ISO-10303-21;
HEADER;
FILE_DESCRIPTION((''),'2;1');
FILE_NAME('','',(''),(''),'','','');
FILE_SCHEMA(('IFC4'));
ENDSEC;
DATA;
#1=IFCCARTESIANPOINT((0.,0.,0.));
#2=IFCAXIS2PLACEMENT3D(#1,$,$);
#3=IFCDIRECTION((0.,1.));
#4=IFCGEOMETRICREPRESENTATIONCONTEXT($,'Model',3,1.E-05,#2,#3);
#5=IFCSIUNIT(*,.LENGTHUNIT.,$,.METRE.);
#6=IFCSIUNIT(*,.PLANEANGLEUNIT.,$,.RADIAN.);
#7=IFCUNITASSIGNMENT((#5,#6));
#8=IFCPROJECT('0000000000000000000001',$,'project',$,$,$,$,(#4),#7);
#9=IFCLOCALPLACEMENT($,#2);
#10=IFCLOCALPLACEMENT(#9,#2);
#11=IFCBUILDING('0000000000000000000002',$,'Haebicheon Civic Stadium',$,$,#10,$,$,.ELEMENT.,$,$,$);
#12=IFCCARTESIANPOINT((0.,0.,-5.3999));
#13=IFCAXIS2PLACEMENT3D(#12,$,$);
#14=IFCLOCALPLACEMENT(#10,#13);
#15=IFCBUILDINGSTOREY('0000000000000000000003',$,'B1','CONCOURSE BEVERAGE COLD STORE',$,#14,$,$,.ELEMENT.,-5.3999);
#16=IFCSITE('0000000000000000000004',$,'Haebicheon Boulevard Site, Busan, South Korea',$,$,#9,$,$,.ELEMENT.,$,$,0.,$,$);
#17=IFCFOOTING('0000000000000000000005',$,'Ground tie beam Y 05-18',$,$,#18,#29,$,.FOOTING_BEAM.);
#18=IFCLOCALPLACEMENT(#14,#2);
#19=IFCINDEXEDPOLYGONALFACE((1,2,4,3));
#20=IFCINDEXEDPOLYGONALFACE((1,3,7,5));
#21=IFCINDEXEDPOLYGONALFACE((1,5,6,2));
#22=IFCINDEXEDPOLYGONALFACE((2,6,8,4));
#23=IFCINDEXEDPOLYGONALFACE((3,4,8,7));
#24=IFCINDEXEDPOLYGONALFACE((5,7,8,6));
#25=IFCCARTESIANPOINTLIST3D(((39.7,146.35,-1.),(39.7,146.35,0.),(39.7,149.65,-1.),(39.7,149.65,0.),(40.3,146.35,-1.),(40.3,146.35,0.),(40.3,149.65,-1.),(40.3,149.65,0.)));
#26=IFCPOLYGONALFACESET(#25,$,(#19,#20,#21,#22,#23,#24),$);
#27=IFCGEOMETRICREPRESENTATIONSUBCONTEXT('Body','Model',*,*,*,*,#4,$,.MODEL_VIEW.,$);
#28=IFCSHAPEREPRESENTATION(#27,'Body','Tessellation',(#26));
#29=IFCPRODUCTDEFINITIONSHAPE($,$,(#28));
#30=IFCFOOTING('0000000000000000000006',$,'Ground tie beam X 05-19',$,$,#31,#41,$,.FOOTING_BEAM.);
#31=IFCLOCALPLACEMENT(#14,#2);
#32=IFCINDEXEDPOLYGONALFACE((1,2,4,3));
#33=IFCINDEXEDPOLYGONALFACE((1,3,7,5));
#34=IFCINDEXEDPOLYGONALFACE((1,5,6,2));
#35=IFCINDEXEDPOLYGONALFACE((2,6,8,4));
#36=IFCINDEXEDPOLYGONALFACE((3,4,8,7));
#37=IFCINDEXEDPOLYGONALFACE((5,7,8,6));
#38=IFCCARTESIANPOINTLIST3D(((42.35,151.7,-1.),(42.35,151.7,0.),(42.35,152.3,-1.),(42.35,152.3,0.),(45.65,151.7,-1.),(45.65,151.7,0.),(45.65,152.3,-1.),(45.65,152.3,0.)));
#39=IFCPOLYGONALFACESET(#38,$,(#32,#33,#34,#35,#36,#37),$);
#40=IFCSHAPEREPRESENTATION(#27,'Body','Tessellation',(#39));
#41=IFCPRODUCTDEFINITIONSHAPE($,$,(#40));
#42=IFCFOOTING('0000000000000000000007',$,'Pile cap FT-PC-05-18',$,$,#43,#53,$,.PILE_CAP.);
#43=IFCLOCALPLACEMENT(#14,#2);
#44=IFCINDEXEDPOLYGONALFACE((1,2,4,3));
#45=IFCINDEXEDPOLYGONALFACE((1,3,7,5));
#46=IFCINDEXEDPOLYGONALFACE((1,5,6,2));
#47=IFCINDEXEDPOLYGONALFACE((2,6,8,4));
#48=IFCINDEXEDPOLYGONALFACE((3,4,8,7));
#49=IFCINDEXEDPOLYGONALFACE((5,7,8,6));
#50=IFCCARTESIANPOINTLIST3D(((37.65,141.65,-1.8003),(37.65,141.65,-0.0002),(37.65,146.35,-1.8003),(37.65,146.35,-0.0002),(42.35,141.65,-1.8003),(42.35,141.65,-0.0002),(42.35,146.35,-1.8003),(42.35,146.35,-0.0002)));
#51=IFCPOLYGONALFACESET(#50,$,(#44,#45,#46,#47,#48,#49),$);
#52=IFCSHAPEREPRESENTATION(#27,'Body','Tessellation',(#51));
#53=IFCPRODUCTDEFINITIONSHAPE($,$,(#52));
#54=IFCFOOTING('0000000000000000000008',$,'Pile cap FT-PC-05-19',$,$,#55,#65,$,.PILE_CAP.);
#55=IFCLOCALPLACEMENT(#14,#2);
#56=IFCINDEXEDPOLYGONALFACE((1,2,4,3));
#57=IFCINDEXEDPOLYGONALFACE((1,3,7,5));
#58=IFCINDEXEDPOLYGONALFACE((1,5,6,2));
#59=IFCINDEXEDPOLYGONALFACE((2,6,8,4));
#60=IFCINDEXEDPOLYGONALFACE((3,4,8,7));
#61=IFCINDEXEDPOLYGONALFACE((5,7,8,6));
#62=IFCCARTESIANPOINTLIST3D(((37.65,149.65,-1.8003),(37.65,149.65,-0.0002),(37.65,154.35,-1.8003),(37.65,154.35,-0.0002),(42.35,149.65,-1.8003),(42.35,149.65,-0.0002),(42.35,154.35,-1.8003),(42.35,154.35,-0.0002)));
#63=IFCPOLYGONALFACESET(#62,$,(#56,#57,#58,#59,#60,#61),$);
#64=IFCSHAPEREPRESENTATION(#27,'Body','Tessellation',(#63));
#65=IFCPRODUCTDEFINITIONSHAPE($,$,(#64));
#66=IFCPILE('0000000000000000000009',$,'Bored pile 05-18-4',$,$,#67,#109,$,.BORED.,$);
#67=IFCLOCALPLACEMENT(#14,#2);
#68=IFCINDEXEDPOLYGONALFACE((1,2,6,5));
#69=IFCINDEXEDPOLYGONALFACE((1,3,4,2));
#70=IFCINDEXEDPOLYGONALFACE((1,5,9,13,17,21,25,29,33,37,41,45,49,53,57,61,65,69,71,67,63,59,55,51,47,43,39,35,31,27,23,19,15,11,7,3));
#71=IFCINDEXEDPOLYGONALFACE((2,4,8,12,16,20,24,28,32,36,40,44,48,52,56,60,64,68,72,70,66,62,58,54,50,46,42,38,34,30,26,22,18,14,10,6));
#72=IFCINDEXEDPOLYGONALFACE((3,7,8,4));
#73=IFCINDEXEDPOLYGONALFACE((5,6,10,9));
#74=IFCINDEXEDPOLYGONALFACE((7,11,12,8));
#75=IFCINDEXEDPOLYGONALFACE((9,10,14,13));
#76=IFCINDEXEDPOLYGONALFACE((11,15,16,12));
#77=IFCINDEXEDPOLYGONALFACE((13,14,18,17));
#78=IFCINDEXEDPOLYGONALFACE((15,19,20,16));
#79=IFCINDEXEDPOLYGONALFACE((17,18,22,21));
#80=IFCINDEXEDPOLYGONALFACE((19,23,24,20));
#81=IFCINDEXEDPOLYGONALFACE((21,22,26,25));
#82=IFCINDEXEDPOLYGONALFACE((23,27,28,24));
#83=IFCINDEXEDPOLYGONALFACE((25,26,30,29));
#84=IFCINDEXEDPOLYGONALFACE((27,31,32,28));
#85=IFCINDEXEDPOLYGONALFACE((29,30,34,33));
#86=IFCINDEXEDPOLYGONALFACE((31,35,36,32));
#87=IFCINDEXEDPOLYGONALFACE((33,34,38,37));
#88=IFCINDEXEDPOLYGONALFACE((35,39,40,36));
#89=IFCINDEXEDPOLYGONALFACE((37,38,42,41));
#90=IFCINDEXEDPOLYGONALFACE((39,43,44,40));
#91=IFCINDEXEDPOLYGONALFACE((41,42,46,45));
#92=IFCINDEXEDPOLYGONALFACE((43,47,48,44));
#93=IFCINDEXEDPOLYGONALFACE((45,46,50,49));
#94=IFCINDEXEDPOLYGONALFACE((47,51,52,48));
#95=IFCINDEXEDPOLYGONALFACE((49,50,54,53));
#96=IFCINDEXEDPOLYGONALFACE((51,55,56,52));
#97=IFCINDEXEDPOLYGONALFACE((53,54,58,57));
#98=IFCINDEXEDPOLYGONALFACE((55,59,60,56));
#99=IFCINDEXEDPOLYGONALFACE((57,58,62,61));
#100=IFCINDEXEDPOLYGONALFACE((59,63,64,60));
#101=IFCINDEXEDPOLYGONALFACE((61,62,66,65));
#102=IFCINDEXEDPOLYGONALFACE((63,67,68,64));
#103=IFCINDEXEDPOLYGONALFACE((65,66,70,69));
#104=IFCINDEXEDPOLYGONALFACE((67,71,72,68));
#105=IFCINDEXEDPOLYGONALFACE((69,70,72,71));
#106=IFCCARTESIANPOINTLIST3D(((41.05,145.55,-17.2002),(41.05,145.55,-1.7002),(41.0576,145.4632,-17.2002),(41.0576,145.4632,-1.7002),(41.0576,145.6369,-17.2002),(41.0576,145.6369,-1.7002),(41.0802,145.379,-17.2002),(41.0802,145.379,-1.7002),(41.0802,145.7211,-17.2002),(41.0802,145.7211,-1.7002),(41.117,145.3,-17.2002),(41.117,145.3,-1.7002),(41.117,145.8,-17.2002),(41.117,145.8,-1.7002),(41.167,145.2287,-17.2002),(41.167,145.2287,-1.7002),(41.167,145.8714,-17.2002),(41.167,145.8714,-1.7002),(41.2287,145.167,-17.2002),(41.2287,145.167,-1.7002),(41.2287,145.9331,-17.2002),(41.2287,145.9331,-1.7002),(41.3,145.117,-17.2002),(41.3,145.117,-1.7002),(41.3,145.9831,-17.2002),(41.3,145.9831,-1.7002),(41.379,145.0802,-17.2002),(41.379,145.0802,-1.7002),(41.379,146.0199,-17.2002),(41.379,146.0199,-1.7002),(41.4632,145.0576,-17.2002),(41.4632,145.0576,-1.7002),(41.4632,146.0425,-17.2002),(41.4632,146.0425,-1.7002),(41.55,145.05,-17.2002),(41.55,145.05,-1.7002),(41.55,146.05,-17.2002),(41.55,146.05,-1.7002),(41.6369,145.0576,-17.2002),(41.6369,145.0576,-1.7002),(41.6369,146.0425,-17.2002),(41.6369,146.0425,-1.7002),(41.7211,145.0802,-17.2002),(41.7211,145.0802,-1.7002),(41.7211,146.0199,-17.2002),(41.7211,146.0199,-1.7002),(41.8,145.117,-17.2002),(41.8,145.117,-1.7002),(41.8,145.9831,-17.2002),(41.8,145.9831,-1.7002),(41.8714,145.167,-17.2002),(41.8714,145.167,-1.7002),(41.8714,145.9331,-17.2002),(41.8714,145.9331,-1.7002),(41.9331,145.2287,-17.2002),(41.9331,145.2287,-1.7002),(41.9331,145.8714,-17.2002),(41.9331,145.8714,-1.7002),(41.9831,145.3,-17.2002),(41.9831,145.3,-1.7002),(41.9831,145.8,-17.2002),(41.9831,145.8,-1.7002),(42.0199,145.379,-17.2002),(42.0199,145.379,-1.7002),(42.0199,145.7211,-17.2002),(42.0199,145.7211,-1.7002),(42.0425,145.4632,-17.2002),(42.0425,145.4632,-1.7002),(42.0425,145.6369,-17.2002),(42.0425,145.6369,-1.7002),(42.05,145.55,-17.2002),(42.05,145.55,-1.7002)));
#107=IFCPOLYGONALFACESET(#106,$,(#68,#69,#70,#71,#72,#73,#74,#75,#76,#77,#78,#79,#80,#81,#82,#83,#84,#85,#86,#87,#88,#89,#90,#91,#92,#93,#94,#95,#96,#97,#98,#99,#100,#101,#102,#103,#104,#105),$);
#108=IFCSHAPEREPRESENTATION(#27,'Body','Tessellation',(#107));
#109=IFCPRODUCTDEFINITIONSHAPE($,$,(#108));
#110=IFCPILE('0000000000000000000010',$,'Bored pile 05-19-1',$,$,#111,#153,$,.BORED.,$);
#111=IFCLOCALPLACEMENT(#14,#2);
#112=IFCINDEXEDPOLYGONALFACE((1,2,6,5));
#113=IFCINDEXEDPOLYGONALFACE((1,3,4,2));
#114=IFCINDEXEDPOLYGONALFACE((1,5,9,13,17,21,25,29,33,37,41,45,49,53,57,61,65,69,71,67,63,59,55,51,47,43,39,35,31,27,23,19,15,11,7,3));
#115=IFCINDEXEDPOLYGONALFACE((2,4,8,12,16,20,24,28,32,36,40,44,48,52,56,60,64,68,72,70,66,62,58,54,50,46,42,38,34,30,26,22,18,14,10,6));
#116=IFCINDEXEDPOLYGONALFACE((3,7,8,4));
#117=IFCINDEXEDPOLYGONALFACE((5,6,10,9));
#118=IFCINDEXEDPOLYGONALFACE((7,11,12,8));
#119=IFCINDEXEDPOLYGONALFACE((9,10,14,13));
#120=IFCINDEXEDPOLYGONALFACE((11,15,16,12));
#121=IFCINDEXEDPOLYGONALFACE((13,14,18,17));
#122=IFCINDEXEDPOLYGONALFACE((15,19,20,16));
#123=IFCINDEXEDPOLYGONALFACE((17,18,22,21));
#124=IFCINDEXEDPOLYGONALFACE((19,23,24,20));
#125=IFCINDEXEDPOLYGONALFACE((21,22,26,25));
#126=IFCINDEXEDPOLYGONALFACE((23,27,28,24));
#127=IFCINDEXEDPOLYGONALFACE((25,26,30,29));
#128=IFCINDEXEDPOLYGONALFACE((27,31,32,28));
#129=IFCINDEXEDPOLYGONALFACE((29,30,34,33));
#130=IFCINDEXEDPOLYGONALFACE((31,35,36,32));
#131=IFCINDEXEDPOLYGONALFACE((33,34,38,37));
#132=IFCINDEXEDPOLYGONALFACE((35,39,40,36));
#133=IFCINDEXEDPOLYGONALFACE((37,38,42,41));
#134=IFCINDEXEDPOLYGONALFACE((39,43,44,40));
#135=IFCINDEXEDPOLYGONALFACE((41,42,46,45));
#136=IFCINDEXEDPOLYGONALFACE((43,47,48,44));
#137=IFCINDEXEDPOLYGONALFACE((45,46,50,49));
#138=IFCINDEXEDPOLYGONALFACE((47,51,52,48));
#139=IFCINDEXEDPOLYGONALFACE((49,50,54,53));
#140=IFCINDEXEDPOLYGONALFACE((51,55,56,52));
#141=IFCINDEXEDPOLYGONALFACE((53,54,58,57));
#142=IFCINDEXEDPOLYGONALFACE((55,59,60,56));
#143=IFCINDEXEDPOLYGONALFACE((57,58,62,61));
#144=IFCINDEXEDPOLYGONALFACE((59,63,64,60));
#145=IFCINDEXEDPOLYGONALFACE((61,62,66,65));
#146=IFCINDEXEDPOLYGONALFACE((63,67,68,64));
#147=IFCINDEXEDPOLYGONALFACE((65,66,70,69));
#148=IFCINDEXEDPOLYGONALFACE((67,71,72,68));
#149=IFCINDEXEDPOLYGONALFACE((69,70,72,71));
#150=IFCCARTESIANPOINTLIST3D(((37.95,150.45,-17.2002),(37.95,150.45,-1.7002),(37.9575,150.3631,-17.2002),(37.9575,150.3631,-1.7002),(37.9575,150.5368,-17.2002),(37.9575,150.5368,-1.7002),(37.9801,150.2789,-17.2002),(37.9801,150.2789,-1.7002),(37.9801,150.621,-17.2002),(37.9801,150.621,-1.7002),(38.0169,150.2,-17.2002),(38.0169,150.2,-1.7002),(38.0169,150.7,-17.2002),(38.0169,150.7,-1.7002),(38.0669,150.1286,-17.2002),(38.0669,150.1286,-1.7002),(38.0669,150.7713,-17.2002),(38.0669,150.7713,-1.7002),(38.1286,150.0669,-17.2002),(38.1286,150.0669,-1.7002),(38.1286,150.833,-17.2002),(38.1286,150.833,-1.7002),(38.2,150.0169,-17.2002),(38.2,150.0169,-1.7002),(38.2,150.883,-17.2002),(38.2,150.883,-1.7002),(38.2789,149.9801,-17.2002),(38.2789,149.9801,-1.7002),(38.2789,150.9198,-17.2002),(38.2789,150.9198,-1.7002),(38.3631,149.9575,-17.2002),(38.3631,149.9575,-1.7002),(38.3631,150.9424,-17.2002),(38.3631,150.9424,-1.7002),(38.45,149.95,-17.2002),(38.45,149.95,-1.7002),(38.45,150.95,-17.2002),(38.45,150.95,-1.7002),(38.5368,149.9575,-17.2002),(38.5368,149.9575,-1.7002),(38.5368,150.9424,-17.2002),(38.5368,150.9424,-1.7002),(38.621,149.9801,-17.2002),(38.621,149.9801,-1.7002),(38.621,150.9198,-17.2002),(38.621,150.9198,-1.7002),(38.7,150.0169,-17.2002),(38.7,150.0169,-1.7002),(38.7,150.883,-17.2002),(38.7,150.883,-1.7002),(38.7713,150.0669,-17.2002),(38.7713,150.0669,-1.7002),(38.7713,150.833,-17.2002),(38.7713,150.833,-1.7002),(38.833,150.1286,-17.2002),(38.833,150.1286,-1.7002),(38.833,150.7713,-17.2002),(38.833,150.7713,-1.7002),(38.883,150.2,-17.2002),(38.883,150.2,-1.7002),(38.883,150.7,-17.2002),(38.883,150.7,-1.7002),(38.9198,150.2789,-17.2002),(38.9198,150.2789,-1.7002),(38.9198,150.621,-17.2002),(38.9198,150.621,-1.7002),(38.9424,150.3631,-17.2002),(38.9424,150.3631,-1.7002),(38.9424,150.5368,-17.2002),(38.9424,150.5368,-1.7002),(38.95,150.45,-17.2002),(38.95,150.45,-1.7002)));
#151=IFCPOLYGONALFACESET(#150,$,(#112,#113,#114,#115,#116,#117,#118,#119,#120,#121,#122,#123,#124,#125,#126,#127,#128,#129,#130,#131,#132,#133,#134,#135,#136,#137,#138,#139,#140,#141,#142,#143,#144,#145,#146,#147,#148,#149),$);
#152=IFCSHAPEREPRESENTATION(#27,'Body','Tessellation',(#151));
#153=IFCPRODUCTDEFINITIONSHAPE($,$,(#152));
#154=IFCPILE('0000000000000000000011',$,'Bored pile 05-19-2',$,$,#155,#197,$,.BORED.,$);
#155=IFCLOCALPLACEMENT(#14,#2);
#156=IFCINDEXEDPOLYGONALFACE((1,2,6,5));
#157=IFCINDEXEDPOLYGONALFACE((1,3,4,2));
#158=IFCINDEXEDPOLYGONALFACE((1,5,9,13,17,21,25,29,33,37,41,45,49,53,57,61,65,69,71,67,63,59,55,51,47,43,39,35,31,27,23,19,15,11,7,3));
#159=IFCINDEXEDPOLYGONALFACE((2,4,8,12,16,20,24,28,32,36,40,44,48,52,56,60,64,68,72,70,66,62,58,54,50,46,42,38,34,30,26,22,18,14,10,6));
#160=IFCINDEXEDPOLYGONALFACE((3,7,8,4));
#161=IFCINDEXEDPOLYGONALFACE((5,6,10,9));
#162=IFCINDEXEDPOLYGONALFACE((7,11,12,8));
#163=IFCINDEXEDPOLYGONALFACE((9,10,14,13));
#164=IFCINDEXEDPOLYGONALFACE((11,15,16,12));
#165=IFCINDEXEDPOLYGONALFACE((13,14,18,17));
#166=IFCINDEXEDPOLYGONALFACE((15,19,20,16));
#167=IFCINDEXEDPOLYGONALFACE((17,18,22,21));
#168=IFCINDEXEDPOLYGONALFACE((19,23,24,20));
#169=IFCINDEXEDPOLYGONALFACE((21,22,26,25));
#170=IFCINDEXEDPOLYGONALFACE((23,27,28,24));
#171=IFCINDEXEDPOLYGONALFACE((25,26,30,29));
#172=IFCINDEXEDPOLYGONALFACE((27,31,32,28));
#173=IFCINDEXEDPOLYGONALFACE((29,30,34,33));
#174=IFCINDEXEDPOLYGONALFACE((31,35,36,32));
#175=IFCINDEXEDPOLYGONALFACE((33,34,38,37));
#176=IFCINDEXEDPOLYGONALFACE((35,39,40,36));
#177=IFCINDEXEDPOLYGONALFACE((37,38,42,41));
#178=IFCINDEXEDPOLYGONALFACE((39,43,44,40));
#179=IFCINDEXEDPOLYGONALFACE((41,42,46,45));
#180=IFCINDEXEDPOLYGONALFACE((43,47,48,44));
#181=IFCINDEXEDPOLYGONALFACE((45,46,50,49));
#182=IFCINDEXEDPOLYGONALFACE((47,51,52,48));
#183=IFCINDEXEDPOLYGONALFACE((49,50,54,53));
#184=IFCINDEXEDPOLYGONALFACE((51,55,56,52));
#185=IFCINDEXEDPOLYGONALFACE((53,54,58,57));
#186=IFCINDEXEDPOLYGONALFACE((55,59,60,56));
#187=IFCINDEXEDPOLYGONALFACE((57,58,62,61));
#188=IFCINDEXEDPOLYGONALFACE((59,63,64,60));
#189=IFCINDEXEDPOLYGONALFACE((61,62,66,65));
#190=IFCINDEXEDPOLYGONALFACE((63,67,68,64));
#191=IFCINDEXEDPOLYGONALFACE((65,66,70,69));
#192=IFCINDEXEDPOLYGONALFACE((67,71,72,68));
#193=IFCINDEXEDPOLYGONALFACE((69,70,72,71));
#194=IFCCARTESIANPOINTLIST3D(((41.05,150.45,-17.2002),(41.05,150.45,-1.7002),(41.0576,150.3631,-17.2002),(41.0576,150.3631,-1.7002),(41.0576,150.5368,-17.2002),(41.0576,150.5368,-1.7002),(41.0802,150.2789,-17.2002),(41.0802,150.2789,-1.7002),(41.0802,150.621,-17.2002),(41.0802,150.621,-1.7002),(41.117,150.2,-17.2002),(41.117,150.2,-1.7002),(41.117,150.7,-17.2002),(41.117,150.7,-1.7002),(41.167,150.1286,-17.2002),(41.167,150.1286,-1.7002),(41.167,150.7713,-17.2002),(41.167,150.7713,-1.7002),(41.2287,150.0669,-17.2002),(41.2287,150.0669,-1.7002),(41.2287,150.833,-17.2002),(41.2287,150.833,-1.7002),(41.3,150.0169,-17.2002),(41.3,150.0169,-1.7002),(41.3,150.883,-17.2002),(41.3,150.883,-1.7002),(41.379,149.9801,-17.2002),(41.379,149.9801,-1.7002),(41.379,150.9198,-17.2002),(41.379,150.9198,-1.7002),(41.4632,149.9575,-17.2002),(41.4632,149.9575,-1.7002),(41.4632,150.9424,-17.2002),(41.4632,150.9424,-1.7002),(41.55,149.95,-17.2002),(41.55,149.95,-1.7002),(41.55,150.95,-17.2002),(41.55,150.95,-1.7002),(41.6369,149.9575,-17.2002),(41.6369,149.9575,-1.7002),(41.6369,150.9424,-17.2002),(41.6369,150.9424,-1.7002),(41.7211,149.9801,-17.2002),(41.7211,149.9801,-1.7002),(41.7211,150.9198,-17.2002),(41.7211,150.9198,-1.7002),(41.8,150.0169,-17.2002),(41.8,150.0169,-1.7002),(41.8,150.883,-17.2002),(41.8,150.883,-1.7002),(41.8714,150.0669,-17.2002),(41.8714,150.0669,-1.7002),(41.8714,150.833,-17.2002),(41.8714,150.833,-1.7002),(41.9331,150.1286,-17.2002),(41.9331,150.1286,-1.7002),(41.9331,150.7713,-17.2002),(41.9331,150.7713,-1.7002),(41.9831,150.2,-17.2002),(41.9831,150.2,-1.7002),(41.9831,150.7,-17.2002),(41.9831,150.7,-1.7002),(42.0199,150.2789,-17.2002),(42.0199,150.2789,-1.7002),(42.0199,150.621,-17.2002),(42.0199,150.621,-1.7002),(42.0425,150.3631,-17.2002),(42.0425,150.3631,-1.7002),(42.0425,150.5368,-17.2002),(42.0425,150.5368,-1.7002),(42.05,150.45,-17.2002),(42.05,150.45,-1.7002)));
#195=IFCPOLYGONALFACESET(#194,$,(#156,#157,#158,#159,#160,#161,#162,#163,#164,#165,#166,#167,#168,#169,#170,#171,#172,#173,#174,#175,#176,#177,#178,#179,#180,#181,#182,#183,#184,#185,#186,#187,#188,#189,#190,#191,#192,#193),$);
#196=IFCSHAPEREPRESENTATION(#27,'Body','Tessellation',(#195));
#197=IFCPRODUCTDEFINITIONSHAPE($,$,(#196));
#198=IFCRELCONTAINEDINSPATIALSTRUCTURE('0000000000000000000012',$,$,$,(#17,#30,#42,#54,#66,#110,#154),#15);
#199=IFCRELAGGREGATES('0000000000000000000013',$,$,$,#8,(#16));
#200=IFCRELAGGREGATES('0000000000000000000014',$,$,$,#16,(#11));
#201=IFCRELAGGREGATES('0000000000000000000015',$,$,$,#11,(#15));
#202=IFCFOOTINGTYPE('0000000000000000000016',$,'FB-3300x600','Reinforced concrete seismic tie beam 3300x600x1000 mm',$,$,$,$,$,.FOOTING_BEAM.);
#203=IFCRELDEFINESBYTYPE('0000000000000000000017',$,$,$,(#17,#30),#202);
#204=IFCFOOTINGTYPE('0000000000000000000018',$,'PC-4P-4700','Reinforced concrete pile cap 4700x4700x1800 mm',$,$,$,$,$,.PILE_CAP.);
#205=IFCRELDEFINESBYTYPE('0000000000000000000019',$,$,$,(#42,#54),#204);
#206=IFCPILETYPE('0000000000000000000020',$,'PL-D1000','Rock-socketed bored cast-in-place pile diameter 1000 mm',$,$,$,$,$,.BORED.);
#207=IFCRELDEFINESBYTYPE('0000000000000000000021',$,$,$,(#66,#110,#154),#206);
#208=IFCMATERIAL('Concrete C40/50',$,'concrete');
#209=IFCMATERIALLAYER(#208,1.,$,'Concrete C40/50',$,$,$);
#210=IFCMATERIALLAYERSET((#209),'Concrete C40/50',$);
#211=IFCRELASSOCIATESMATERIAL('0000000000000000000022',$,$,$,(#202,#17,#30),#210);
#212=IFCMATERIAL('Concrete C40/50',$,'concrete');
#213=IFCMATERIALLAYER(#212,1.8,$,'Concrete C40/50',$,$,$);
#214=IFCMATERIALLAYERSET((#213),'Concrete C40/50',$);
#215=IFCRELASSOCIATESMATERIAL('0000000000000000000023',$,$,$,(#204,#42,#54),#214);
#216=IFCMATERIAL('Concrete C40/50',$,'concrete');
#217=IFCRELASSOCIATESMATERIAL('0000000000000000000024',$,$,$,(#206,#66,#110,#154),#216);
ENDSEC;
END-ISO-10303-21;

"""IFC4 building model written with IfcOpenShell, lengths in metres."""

from ifc_helpers import new_model, si_unit, direction, frame, origin, origin_2d, place, context, subcontext, project, spatial, rectangle, circle, extrude, material, layer, layer_set, material_profile, profile_set, type_object, element, save


model = new_model("IFC4")

# Units and contexts
model_context = context("Model", 3, precision=1e-05, world=origin(), true_north=direction((0.0, 1.0)))
body_context = subcontext(model_context, "Body", "Model", "MODEL_VIEW")
ifc_project = project(units=[si_unit("LENGTHUNIT", "METRE"), si_unit("PLANEANGLEUNIT", "RADIAN")], contexts=[model_context])

# Site, building, storey
site_placement = place(None, origin())
site = spatial("IfcSite", under=ifc_project, at=site_placement, Name="Haebicheon Boulevard Site, Busan, South Korea", CompositionType="ELEMENT", RefElevation=0.0)
building_placement = place(site_placement, origin())
building = spatial("IfcBuilding", under=site, at=building_placement, Name="Haebicheon Civic Stadium", CompositionType="ELEMENT")
storey_placement = place(building_placement, frame((0.0, 0.0, -5.3999)))
storey = spatial("IfcBuildingStorey", under=building, at=storey_placement, Name="B1", Description="CONCOURSE BEVERAGE COLD STORE", CompositionType="ELEMENT", Elevation=-5.3999)

# Footings
ifc_material_1 = material(Name="Concrete C40/50", Category="concrete")
ifc_layer_1 = layer(ifc_material_1, 1.0, Name="Concrete C40/50")
ifc_layer_set_1 = layer_set([ifc_layer_1], Name="Concrete C40/50")
footing_type_1 = type_object("IfcFootingType", Name="FB-3300x600", Description="Reinforced concrete seismic tie beam 3300x600x1000 mm", PredefinedType="FOOTING_BEAM", material=ifc_layer_set_1)
for number, where, z_axis, x_axis, name in (
    (1, (40.0, 148.0, -1.0), (0.0, 0.0, 1.0), (0.0, 1.0, 0.0), "Ground tie beam Y 05-18"),
    (2, (44.0, 152.0, -1.0), (0.0, 0.0, 1.0), (1.0, 0.0, 0.0), "Ground tie beam X 05-19"),
):
    element("IfcFooting", number, at=place(storey_placement, frame(where, z_axis=z_axis, x_axis=x_axis)), inside=storey, type_object=footing_type_1, material=ifc_layer_set_1, Name=name, PredefinedType="FOOTING_BEAM", context=body_context, shape_type="SweptSolid", body=[
        extrude(rectangle(XDim=3.3, YDim=0.6001, at=origin_2d()), origin(), (0.0, 0.0, 1.0), 1.0),
    ])
ifc_material_2 = material(Name="Concrete C40/50", Category="concrete")
ifc_layer_2 = layer(ifc_material_2, 1.8, Name="Concrete C40/50")
ifc_layer_set_2 = layer_set([ifc_layer_2], Name="Concrete C40/50")
footing_type_2 = type_object("IfcFootingType", Name="PC-4P-4700", Description="Reinforced concrete pile cap 4700x4700x1800 mm", PredefinedType="PILE_CAP", material=ifc_layer_set_2)
for number, where, z_axis, x_axis, name in (
    (3, (40.0, 144.0, -1.8003), (0.0, 0.0, 1.0), (1.0, 0.0, 0.0), "Pile cap FT-PC-05-18"),
    (4, (40.0, 152.0, -1.8003), (0.0, 0.0, 1.0), (1.0, 0.0, 0.0), "Pile cap FT-PC-05-19"),
):
    element("IfcFooting", number, at=place(storey_placement, frame(where, z_axis=z_axis, x_axis=x_axis)), inside=storey, type_object=footing_type_2, material=ifc_layer_set_2, Name=name, PredefinedType="PILE_CAP", context=body_context, shape_type="SweptSolid", body=[
        extrude(rectangle(XDim=4.7, YDim=4.7, at=origin_2d()), origin(), (0.0, 0.0, 1.0), 1.8),
    ])

# Piles
ifc_material_3 = material(Name="Concrete C40/50", Category="concrete")
ifc_material_profile_1 = material_profile(ifc_material_3, circle(Radius=0.5, at=origin_2d()), Name="PILE-D1000")
ifc_profile_set_1 = profile_set([ifc_material_profile_1], Name="Concrete C40/50")
pile_type = type_object("IfcPileType", Name="PL-D1000", Description="Rock-socketed bored cast-in-place pile diameter 1000 mm", PredefinedType="BORED", material=ifc_profile_set_1)
for number, where, z_axis, x_axis, name in (
    (5, (41.55, 145.55, -1.7002), (0.0, 0.0, -1.0), (1.0, 0.0, 0.0), "Bored pile 05-18-4"),
    (6, (38.45, 150.45, -1.7002), (0.0, 0.0, -1.0), (1.0, 0.0, 0.0), "Bored pile 05-19-1"),
    (7, (41.55, 150.45, -1.7002), (0.0, 0.0, -1.0), (1.0, 0.0, 0.0), "Bored pile 05-19-2"),
):
    element("IfcPile", number, at=place(storey_placement, frame(where, z_axis=z_axis, x_axis=x_axis)), inside=storey, type_object=pile_type, material=ifc_profile_set_1, Name=name, PredefinedType="BORED", context=body_context, shape_type="SweptSolid", body=[
        extrude(circle(Radius=0.5, at=origin_2d()), origin(), (0.0, 0.0, 1.0), 15.5),
    ])

save(model, "model.ifc")
